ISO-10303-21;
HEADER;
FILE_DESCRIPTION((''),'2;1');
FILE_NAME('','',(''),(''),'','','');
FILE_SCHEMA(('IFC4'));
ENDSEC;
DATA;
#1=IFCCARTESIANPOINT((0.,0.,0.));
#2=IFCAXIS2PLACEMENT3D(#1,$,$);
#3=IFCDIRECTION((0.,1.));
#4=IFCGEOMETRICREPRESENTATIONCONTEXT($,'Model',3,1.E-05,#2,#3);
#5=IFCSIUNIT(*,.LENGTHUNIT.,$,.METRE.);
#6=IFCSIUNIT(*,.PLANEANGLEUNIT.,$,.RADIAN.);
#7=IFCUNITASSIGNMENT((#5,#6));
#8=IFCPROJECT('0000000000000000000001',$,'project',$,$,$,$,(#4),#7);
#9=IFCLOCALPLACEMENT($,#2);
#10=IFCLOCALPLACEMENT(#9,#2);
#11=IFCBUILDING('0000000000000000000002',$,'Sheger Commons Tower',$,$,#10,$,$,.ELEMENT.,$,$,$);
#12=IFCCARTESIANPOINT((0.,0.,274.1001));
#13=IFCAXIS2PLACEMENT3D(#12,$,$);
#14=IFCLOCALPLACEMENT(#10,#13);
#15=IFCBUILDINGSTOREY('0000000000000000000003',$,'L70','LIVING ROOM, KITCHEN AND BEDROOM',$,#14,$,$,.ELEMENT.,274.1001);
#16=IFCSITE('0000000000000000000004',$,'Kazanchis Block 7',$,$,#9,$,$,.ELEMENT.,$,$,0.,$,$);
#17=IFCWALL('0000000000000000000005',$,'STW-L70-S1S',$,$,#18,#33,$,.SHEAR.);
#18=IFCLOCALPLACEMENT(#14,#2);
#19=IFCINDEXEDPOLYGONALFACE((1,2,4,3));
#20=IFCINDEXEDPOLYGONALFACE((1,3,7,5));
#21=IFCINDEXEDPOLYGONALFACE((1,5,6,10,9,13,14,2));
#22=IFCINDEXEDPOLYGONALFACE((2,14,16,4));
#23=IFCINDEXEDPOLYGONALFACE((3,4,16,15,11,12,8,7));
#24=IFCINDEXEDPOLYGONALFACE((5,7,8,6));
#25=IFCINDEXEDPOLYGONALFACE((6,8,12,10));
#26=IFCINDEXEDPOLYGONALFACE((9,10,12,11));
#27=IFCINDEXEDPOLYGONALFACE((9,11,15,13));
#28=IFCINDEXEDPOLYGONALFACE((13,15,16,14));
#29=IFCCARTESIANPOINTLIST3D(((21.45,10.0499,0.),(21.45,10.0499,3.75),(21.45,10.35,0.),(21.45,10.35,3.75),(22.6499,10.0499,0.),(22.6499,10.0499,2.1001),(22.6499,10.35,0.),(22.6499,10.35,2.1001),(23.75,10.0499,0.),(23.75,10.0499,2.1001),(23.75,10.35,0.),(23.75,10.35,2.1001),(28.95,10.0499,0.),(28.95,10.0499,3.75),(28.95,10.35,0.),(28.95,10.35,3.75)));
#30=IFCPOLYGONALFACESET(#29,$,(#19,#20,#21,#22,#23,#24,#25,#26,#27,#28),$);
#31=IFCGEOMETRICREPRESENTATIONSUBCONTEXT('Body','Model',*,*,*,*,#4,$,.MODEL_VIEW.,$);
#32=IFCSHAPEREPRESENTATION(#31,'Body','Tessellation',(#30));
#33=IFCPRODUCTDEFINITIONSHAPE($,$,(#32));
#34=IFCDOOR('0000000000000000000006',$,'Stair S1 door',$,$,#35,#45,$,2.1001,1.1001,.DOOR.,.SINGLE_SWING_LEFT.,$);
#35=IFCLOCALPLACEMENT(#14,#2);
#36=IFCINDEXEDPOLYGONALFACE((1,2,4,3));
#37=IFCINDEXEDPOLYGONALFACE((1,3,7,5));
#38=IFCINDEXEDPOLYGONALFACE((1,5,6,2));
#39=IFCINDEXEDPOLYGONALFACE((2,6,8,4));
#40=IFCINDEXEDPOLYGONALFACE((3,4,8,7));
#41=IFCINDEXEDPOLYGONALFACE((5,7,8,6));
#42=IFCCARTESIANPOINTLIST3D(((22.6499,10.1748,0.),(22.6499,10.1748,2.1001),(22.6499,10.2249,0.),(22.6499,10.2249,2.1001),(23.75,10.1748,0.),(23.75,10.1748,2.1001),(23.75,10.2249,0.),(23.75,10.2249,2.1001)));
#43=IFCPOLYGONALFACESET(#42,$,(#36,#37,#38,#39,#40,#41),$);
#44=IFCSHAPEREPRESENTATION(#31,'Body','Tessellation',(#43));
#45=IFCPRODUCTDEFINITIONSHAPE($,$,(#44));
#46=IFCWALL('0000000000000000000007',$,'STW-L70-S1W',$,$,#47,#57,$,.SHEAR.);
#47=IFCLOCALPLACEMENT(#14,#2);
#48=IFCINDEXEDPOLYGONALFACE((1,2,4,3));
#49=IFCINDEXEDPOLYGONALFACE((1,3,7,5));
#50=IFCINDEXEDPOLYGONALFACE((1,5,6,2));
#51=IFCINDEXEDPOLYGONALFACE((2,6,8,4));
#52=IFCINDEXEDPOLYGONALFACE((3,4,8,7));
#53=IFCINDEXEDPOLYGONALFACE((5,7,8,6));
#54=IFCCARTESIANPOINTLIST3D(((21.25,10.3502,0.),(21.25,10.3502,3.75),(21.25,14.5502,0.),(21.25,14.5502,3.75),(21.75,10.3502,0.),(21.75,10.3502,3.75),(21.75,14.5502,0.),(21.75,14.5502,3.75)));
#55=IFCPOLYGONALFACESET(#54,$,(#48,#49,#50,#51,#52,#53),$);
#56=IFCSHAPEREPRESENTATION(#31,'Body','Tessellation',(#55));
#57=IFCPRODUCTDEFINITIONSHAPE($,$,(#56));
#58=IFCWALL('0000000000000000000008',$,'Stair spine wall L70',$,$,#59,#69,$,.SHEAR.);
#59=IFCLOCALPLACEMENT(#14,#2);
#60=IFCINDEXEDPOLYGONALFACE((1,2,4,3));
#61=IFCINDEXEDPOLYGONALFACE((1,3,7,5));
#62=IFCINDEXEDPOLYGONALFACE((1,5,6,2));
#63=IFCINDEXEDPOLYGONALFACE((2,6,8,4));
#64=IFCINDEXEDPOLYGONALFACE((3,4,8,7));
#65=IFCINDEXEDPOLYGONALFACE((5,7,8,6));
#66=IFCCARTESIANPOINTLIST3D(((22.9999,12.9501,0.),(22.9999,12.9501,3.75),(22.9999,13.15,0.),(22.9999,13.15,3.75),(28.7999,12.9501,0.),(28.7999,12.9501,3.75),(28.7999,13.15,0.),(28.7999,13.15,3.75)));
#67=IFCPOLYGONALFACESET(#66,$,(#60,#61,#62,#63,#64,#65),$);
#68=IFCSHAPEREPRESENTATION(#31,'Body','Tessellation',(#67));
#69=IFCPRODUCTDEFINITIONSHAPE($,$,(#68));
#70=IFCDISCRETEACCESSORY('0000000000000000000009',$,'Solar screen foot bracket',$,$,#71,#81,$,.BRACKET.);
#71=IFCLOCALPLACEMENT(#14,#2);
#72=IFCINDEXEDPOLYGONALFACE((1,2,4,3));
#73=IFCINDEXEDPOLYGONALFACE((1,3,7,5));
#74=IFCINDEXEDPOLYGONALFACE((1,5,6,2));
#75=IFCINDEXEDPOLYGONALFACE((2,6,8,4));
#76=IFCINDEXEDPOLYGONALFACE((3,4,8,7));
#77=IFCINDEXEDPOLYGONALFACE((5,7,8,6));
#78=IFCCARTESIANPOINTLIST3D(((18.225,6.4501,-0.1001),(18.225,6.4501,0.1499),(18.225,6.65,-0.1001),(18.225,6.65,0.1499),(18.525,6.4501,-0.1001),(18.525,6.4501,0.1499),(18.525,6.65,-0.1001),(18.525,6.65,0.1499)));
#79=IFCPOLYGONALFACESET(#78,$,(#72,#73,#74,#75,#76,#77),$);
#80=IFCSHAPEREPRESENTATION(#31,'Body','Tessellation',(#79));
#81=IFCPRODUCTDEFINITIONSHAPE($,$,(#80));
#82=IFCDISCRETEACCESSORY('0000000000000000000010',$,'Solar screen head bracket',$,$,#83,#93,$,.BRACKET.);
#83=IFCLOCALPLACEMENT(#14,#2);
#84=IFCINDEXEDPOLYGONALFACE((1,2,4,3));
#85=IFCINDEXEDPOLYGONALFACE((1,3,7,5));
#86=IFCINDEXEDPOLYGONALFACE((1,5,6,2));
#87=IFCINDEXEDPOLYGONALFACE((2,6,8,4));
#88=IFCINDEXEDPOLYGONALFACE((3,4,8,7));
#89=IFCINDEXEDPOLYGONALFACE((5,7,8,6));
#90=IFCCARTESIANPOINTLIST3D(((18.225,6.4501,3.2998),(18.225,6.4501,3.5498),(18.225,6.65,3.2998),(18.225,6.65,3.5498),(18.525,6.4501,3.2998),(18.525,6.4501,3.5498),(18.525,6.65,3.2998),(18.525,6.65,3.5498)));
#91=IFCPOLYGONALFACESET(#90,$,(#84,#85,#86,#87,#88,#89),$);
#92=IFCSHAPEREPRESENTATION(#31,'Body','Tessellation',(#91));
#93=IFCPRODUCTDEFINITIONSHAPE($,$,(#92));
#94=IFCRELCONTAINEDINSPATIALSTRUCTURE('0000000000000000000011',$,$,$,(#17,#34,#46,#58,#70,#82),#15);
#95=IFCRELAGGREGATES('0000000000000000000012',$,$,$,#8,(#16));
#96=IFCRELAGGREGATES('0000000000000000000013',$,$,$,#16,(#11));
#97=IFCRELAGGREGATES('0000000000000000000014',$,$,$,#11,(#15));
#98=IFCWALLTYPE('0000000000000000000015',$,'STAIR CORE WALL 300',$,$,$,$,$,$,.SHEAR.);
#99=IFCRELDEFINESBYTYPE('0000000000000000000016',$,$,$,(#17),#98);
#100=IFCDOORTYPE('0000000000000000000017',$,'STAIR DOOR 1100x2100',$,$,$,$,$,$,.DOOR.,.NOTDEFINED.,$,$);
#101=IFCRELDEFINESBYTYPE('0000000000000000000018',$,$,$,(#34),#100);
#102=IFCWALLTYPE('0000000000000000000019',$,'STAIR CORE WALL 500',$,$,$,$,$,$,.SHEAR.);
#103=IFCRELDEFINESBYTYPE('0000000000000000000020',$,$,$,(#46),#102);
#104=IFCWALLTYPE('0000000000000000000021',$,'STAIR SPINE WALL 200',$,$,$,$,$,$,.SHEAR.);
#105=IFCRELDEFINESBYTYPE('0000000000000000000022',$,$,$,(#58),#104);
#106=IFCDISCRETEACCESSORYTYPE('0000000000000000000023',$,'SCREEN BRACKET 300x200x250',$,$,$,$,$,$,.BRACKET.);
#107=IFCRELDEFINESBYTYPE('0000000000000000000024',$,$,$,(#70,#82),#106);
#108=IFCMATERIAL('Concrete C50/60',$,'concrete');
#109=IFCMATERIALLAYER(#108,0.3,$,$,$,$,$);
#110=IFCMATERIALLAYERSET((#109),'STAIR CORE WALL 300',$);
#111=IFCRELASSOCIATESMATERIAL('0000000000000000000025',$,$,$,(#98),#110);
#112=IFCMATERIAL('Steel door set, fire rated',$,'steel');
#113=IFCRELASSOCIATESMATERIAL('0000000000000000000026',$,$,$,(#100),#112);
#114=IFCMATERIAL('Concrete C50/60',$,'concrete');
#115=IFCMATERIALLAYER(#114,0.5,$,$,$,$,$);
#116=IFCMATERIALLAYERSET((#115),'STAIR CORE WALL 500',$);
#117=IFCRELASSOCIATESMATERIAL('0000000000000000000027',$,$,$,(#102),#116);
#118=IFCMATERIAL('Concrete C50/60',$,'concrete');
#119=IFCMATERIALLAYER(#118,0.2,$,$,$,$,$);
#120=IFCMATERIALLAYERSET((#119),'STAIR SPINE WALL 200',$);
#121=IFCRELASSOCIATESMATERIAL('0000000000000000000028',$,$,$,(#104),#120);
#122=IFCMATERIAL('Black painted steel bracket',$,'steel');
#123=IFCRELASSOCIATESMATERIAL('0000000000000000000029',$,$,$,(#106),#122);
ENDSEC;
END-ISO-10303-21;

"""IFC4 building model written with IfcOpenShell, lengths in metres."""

from ifc_helpers import new_model, si_unit, direction, frame, frame_2d, origin, origin_2d, place, context, subcontext, project, spatial, rectangle, extrude, material, layer, layer_set, type_object, element, fill, save


model = new_model("IFC4")

# Units and contexts
model_context = context("Model", 3, precision=1e-05, world=origin(), true_north=direction((0.0, 1.0)))
body_context = subcontext(model_context, "Body", "Model", "MODEL_VIEW")
ifc_project = project(units=[si_unit("LENGTHUNIT", "METRE"), si_unit("PLANEANGLEUNIT", "RADIAN")], contexts=[model_context])

# Site, building, storey
site_placement = place(None, origin())
site = spatial("IfcSite", under=ifc_project, at=site_placement, Name="Kazanchis Block 7", CompositionType="ELEMENT", RefElevation=0.0)
building_placement = place(site_placement, origin())
building = spatial("IfcBuilding", under=site, at=building_placement, Name="Sheger Commons Tower", CompositionType="ELEMENT")
storey_placement = place(building_placement, frame((0.0, 0.0, 274.1001)))
storey = spatial("IfcBuildingStorey", under=building, at=storey_placement, Name="L70", Description="LIVING ROOM, KITCHEN AND BEDROOM", CompositionType="ELEMENT", Elevation=274.1001)

# Wall, opening, door
ifc_material_1 = material(Name="Concrete C50/60", Category="concrete")
ifc_layer_1 = layer(ifc_material_1, 0.3)
ifc_layer_set_1 = layer_set([ifc_layer_1], Name="STAIR CORE WALL 300")
wall_type_1 = type_object("IfcWallType", Name="STAIR CORE WALL 300", PredefinedType="SHEAR", material=ifc_layer_set_1)
wall_1_placement = place(storey_placement, frame((21.45, 10.2, 0.0), z_axis=(0.0, 0.0, 1.0), x_axis=(1.0, 0.0, 0.0)))
wall_1 = element("IfcWall", 1, at=wall_1_placement, inside=storey, type_object=wall_type_1, Name="STW-L70-S1S", PredefinedType="SHEAR", context=body_context, shape_type="SweptSolid", body=[
    extrude(rectangle(XDim=7.5, YDim=0.3, at=frame_2d((3.75, 0.0))), origin(), (0.0, 0.0, 1.0), 3.75),
])
opening_placement = place(wall_1_placement, frame((1.2, 0.0, 0.0)))
opening = element("IfcOpeningElement", 2, at=opening_placement, cuts=wall_1, PredefinedType="OPENING", context=body_context, shape_type="SweptSolid", body=[
    extrude(rectangle(XDim=1.1001, YDim=2.1001, at=frame_2d((0.55, 1.05))), frame((0.0, 0.1599, 0.0), z_axis=(0.0, -1.0, 0.0), x_axis=(1.0, 0.0, 0.0)), (0.0, 0.0, 1.0), 0.3201),
])
ifc_material_2 = material(Name="Steel door set, fire rated", Category="steel")
door_type = type_object("IfcDoorType", Name="STAIR DOOR 1100x2100", OperationType="NOTDEFINED", PredefinedType="DOOR", material=ifc_material_2)
door_placement = place(opening_placement, origin())
door = element("IfcDoor", 3, at=door_placement, inside=storey, type_object=door_type, Name="Stair S1 door", OperationType="SINGLE_SWING_LEFT", OverallHeight=2.1001, OverallWidth=1.1001, PredefinedType="DOOR", context=body_context, shape_type="SweptSolid", body=[
    extrude(rectangle(XDim=1.1001, YDim=2.1001, at=frame_2d((0.55, 1.05))), frame((0.0, 0.0249, 0.0), z_axis=(0.0, -1.0, 0.0), x_axis=(1.0, 0.0, 0.0)), (0.0, 0.0, 1.0), 0.05),
])
fill(opening, door)

# Walls
ifc_material_3 = material(Name="Concrete C50/60", Category="concrete")
ifc_layer_2 = layer(ifc_material_3, 0.5)
ifc_layer_set_2 = layer_set([ifc_layer_2], Name="STAIR CORE WALL 500")
wall_type_2 = type_object("IfcWallType", Name="STAIR CORE WALL 500", PredefinedType="SHEAR", material=ifc_layer_set_2)
wall_2_placement = place(storey_placement, frame((21.5, 10.3501, 0.0), z_axis=(0.0, 0.0, 1.0), x_axis=(0.0, 1.0, 0.0)))
element("IfcWall", 4, at=wall_2_placement, inside=storey, type_object=wall_type_2, Name="STW-L70-S1W", PredefinedType="SHEAR", context=body_context, shape_type="SweptSolid", body=[
    extrude(rectangle(XDim=4.2, YDim=0.5, at=frame_2d((2.1001, 0.0))), origin(), (0.0, 0.0, 1.0), 3.75),
])
ifc_material_4 = material(Name="Concrete C50/60", Category="concrete")
ifc_layer_3 = layer(ifc_material_4, 0.2)
ifc_layer_set_3 = layer_set([ifc_layer_3], Name="STAIR SPINE WALL 200")
wall_type_3 = type_object("IfcWallType", Name="STAIR SPINE WALL 200", PredefinedType="SHEAR", material=ifc_layer_set_3)
wall_3_placement = place(storey_placement, frame((23.0, 13.05, 0.0), z_axis=(0.0, 0.0, 1.0), x_axis=(1.0, 0.0, 0.0)))
element("IfcWall", 5, at=wall_3_placement, inside=storey, type_object=wall_type_3, Name="Stair spine wall L70", PredefinedType="SHEAR", context=body_context, shape_type="SweptSolid", body=[
    extrude(rectangle(XDim=5.8, YDim=0.2, at=frame_2d((2.8999, 0.0))), origin(), (0.0, 0.0, 1.0), 3.75),
])

# Discrete accessories
ifc_material_5 = material(Name="Black painted steel bracket", Category="steel")
discrete_accessory_type = type_object("IfcDiscreteAccessoryType", Name="SCREEN BRACKET 300x200x250", PredefinedType="BRACKET", material=ifc_material_5)
for number, where, z_axis, x_axis, name in (
    (6, (18.375, 6.55, -0.1001), (0.0, 0.0, 1.0), (1.0, 0.0, 0.0), "Solar screen foot bracket"),
    (7, (18.375, 6.55, 3.2998), (0.0, 0.0, 1.0), (1.0, 0.0, 0.0), "Solar screen head bracket"),
):
    element("IfcDiscreteAccessory", number, at=place(storey_placement, frame(where, z_axis=z_axis, x_axis=x_axis)), inside=storey, type_object=discrete_accessory_type, Name=name, PredefinedType="BRACKET", context=body_context, shape_type="SweptSolid", body=[
        extrude(rectangle(XDim=0.3, YDim=0.2, at=origin_2d()), origin(), (0.0, 0.0, 1.0), 0.25),
    ])

save(model, "model.ifc")
